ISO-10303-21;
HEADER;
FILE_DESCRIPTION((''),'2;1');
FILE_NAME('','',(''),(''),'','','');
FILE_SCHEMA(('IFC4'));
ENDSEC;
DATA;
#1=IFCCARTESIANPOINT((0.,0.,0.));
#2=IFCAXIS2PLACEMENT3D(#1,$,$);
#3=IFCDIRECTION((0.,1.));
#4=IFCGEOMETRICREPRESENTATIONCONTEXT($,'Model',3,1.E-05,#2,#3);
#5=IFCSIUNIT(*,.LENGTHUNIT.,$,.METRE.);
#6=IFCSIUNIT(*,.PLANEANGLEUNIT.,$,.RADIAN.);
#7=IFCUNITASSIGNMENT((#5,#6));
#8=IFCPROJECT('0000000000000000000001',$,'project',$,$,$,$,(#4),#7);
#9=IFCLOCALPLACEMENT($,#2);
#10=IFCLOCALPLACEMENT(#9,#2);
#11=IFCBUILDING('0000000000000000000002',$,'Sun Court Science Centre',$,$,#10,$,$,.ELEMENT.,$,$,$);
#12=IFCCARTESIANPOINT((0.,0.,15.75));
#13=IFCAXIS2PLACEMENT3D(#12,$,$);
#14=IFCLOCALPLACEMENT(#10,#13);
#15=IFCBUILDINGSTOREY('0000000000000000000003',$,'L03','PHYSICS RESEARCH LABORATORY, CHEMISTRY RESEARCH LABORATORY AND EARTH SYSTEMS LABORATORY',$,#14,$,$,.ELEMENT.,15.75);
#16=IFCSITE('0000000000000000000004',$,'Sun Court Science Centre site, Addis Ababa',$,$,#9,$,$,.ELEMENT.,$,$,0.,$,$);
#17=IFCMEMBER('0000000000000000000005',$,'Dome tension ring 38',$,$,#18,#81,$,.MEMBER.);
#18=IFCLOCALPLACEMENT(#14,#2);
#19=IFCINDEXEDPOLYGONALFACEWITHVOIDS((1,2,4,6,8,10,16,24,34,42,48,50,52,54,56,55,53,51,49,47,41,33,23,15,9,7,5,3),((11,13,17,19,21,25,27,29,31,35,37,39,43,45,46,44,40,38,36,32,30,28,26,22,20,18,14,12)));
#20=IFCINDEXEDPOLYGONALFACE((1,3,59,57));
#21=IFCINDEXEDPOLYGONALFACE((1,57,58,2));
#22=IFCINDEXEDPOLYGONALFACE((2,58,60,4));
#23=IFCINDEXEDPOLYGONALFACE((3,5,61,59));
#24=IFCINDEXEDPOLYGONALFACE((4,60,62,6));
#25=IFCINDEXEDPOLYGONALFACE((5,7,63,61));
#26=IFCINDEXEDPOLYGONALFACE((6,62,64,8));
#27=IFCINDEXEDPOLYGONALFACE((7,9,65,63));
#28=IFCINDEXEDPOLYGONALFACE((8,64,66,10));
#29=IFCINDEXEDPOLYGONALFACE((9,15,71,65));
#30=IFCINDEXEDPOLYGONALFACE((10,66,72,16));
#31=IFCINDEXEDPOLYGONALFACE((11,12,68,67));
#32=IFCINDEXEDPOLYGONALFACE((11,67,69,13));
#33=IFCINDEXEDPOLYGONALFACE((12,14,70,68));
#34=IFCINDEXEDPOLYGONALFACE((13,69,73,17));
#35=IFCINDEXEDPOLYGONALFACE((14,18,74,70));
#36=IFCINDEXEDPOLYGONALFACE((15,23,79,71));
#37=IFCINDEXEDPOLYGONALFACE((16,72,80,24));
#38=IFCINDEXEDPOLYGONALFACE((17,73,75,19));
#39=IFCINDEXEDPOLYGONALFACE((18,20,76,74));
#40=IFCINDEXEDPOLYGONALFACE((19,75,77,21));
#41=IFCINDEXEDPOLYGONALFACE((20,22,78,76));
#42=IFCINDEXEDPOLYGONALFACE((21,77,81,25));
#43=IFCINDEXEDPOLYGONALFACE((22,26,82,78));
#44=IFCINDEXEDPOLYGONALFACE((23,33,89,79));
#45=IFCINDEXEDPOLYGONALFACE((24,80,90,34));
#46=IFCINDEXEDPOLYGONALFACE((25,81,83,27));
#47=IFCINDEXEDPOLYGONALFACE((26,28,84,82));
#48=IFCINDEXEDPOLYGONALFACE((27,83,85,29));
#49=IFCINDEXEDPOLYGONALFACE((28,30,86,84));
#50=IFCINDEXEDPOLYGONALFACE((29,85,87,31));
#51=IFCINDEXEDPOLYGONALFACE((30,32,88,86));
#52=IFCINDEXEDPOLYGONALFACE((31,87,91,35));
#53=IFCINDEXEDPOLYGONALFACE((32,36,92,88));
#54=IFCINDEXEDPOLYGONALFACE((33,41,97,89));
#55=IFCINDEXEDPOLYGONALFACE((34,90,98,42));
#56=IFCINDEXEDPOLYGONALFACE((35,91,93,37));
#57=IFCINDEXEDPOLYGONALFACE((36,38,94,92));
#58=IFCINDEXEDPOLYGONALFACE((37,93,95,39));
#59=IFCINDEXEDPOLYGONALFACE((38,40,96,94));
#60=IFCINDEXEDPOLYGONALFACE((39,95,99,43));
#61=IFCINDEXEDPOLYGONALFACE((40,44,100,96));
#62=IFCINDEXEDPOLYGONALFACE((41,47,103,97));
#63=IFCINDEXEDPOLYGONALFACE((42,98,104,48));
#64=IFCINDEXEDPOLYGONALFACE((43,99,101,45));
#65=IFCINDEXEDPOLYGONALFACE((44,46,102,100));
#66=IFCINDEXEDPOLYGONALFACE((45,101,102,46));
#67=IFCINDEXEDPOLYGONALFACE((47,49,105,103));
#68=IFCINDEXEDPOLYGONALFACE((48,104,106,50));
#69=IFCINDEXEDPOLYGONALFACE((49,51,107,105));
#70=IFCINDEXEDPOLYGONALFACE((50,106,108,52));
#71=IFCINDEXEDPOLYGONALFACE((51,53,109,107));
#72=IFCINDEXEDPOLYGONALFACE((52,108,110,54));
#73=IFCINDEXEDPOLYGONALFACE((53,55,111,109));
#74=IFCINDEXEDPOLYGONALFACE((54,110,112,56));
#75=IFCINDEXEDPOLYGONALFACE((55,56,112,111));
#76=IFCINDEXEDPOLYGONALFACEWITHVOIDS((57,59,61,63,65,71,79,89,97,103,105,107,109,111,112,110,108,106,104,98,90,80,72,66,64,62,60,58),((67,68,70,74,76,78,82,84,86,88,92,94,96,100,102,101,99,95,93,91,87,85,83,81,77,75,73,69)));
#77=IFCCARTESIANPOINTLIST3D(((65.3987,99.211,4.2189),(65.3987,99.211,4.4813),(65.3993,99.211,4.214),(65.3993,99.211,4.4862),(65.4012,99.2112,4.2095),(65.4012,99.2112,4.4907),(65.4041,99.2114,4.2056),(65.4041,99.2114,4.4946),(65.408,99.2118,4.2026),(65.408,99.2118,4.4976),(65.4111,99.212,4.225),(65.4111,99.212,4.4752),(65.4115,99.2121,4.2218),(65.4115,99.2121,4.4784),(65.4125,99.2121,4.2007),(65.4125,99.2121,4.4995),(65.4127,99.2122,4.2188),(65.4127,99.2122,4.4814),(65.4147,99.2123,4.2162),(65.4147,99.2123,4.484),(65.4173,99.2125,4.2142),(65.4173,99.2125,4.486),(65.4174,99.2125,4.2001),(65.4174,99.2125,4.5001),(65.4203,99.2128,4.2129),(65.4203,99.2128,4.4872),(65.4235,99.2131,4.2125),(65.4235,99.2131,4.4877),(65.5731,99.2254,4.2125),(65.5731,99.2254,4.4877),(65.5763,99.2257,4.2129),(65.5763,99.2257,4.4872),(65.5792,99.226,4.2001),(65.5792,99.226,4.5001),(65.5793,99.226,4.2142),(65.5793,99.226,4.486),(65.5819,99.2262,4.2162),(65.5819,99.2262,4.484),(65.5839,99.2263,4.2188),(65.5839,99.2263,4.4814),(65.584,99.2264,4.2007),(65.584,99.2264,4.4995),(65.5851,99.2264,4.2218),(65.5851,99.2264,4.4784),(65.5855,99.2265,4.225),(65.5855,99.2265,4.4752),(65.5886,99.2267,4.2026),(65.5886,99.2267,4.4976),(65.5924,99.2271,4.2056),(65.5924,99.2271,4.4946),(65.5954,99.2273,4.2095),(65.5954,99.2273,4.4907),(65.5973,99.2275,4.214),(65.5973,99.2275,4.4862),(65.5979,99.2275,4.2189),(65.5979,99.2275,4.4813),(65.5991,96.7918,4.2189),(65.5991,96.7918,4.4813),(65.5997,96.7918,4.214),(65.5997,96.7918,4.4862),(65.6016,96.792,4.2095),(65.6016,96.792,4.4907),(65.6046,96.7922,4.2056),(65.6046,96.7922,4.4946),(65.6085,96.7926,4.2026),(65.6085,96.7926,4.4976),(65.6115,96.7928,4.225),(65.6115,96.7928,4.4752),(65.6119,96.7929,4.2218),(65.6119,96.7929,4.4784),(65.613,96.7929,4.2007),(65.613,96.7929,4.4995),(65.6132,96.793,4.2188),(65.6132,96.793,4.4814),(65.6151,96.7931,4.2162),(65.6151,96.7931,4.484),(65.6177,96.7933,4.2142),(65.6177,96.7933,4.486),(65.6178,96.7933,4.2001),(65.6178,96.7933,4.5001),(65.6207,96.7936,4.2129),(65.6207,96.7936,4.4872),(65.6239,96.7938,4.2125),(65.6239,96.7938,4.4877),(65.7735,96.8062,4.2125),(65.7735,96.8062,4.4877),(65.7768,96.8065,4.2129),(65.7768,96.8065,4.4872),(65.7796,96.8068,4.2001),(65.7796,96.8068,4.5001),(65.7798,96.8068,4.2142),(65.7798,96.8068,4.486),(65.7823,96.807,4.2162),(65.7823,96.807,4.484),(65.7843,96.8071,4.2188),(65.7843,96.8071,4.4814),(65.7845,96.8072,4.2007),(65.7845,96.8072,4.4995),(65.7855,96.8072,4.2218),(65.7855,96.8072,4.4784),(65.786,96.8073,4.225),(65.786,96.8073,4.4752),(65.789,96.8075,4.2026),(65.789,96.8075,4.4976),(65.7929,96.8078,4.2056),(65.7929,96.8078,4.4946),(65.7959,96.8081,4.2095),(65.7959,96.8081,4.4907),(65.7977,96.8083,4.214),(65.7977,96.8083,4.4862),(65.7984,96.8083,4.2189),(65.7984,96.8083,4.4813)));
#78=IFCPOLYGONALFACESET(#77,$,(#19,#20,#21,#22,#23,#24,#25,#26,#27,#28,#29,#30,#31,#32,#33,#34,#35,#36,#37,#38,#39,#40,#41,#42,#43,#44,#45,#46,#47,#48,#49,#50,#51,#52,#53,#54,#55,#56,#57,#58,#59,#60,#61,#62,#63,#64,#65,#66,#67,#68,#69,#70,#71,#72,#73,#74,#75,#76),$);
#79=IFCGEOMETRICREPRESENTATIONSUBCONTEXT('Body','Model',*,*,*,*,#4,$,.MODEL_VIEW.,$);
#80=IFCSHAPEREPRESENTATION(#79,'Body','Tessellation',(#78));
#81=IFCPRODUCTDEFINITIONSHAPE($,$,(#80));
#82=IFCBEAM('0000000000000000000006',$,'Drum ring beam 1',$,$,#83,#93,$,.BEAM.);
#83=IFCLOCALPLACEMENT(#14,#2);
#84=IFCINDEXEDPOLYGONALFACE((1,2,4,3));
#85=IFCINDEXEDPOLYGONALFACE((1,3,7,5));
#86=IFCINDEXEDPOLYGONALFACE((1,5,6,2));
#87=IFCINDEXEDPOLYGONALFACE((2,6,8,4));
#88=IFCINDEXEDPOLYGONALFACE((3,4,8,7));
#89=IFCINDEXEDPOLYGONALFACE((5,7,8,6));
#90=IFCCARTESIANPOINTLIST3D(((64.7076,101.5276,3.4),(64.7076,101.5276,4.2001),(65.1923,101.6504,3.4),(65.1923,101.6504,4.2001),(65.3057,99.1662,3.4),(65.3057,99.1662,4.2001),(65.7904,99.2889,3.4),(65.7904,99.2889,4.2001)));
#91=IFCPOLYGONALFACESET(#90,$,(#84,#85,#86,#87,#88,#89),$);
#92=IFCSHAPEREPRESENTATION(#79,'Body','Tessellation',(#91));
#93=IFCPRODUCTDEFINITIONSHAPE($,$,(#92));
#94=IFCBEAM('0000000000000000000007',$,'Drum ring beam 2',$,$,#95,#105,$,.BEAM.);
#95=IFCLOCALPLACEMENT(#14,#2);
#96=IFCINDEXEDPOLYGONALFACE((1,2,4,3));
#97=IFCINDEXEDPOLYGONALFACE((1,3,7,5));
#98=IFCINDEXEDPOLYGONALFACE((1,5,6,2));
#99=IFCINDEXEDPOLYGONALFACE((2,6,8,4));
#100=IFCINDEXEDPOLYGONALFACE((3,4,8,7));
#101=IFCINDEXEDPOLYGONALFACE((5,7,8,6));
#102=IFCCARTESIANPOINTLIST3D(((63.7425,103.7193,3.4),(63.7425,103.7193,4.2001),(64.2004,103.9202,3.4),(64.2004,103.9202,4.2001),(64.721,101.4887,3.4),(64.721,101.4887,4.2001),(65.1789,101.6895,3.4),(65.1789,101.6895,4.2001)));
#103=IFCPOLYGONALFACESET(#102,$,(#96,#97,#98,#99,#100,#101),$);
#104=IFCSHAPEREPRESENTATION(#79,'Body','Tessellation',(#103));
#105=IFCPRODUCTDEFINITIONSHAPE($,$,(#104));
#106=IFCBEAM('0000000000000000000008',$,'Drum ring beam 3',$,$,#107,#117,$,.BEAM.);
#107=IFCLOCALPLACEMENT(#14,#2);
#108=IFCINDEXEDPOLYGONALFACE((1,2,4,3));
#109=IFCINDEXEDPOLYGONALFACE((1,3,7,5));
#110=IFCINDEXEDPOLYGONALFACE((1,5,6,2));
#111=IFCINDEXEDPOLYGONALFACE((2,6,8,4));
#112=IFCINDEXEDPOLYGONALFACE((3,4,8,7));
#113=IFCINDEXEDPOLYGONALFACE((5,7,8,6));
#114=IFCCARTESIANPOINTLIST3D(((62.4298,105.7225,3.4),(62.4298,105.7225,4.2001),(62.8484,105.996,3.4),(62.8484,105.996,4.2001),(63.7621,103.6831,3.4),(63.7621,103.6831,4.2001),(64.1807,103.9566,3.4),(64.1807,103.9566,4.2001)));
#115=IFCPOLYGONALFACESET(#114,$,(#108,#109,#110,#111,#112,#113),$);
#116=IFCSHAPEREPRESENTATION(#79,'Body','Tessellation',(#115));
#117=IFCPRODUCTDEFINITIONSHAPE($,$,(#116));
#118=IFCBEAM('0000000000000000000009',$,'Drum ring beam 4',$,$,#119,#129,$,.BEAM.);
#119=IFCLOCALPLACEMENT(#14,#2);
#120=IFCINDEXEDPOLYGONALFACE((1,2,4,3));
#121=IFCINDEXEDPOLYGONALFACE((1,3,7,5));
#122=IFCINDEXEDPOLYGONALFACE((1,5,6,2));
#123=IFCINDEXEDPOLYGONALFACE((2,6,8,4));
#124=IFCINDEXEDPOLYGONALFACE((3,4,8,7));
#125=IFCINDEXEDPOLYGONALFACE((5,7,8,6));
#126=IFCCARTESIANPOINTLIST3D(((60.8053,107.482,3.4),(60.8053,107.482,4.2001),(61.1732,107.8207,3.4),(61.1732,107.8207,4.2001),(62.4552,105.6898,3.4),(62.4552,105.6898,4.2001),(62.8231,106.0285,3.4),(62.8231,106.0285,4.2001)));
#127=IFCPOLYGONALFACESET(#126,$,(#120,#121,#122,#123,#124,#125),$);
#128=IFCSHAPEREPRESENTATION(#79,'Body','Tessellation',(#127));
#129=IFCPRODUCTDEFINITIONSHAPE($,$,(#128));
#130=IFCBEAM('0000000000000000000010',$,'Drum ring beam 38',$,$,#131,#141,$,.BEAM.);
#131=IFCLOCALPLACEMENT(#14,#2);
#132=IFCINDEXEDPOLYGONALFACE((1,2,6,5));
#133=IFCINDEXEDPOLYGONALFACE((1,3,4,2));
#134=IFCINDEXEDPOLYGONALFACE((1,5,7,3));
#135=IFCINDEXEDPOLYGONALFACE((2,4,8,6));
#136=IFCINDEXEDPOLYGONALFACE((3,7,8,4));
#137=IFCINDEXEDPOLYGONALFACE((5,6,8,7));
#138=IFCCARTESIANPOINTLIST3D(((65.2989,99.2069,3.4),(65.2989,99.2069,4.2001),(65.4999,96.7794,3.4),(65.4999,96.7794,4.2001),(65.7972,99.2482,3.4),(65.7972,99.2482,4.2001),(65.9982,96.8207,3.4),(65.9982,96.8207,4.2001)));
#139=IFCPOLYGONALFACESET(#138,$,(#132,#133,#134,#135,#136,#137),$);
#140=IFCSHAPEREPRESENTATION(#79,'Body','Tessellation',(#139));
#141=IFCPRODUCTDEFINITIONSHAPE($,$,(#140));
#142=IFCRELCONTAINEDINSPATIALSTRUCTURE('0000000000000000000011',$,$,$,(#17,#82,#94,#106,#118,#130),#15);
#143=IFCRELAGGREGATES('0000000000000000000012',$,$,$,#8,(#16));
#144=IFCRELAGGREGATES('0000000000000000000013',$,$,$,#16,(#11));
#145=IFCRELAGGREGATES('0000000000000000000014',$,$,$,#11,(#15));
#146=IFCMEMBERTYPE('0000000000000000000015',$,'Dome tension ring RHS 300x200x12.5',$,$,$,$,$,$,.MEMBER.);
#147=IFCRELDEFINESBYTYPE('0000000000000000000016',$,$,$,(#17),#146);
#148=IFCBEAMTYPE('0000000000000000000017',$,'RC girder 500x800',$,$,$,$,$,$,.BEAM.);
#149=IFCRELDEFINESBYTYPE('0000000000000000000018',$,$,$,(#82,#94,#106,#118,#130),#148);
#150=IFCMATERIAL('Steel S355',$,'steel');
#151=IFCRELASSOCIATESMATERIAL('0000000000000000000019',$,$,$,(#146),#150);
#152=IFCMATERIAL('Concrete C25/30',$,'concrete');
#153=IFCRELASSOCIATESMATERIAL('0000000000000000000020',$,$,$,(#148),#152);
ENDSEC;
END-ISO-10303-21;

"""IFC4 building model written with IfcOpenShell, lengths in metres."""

from ifc_helpers import new_model, si_unit, direction, frame, origin, origin_2d, place, context, subcontext, project, spatial, rectangle, hollow_rectangle, extrude, material, material_profile, profile_set, type_object, element, save


model = new_model("IFC4")

# Units and contexts
model_context = context("Model", 3, precision=1e-05, world=origin(), true_north=direction((0.0, 1.0)))
body_context = subcontext(model_context, "Body", "Model", "MODEL_VIEW")
ifc_project = project(units=[si_unit("LENGTHUNIT", "METRE"), si_unit("PLANEANGLEUNIT", "RADIAN")], contexts=[model_context])

# Site, building, storey
site_placement = place(None, origin())
site = spatial("IfcSite", under=ifc_project, at=site_placement, Name="Sun Court Science Centre site, Addis Ababa", CompositionType="ELEMENT", RefElevation=0.0)
building_placement = place(site_placement, origin())
building = spatial("IfcBuilding", under=site, at=building_placement, Name="Sun Court Science Centre", CompositionType="ELEMENT")
storey_placement = place(building_placement, frame((0.0, 0.0, 15.75)))
storey = spatial("IfcBuildingStorey", under=building, at=storey_placement, Name="L03", Description="PHYSICS RESEARCH LABORATORY, CHEMISTRY RESEARCH LABORATORY AND EARTH SYSTEMS LABORATORY", CompositionType="ELEMENT", Elevation=15.75)

# Member
ifc_material_1 = material(Name="Steel S355", Category="steel")
ifc_material_profile_1 = material_profile(ifc_material_1, hollow_rectangle(XDim=0.2, YDim=0.3, WallThickness=0.0125, InnerFilletRadius=0.0125, OuterFilletRadius=0.0188, at=origin_2d()), Name="RHS 300x200x12.5")
ifc_profile_set_1 = profile_set([ifc_material_profile_1], Name="Steel S355")
member_type_1 = type_object("IfcMemberType", Name="Dome tension ring RHS 300x200x12.5", PredefinedType="MEMBER", material=ifc_profile_set_1)
for number, where, z_axis, x_axis, name in (
    (1, (65.6987, 96.8, 4.3501), (-0.082571, 0.996585, 0.0), (-0.996585, -0.082571, 0.0), "Dome tension ring 38"),
):
    element("IfcMember", number, at=place(storey_placement, frame(where, z_axis=z_axis, x_axis=x_axis)), inside=storey, type_object=member_type_1, Name=name, PredefinedType="MEMBER", context=body_context, shape_type="SweptSolid", body=[
        extrude(hollow_rectangle(XDim=0.2, YDim=0.3, WallThickness=0.0125, InnerFilletRadius=0.0125, OuterFilletRadius=0.0188, at=origin_2d()), origin(), (0.0, 0.0, 1.0), 2.4275),
    ])

# Beams
ifc_material_2 = material(Name="Concrete C25/30", Category="concrete")
ifc_material_profile_2 = material_profile(ifc_material_2, rectangle(XDim=0.5, YDim=0.8, at=origin_2d()), Name="RC 500x800")
ifc_profile_set_2 = profile_set([ifc_material_profile_2], Name="Concrete C25/30")
beam_type = type_object("IfcBeamType", Name="RC girder 500x800", PredefinedType="BEAM", material=ifc_profile_set_2)
beam_1_placement = place(storey_placement, frame((65.5481, 99.2275, 3.8), z_axis=(-0.245529, 0.969389, 0.0), x_axis=(-0.969389, -0.245529, 0.0)))
element("IfcBeam", 2, at=beam_1_placement, inside=storey, type_object=beam_type, Name="Drum ring beam 1", PredefinedType="BEAM", context=body_context, shape_type="SweptSolid", body=[
    extrude(rectangle(XDim=0.5, YDim=0.8, at=origin_2d()), origin(), (0.0, 0.0, 1.0), 2.436),
])
beam_2_placement = place(storey_placement, frame((64.95, 101.5891, 3.8), z_axis=(-0.401707, 0.915768, 0.0), x_axis=(-0.915768, -0.401707, 0.0)))
element("IfcBeam", 3, at=beam_2_placement, inside=storey, type_object=beam_type, Name="Drum ring beam 2", PredefinedType="BEAM", context=body_context, shape_type="SweptSolid", body=[
    extrude(rectangle(XDim=0.5, YDim=0.8, at=origin_2d()), origin(), (0.0, 0.0, 1.0), 2.4358),
])
for number, where, z_axis, x_axis, name in (
    (4, (63.9714, 103.8198, 3.8), (-0.546928, 0.83718, 0.0), (-0.83718, -0.546928, 0.0), "Drum ring beam 3"),
    (5, (62.6392, 105.8591, 3.8), (-0.677289, 0.735717, 0.0), (-0.735717, -0.677289, 0.0), "Drum ring beam 4"),
):
    element("IfcBeam", number, at=place(storey_placement, frame(where, z_axis=z_axis, x_axis=x_axis)), inside=storey, type_object=beam_type, Name=name, PredefinedType="BEAM", context=body_context, shape_type="SweptSolid", body=[
        extrude(rectangle(XDim=0.5, YDim=0.8, at=origin_2d()), origin(), (0.0, 0.0, 1.0), 2.436),
    ])
beam_3_placement = place(storey_placement, frame((65.749, 96.8, 3.8), z_axis=(-0.08249, 0.996592, 0.0), x_axis=(-0.996592, -0.08249, 0.0)))
element("IfcBeam", 6, at=beam_3_placement, inside=storey, type_object=beam_type, Name="Drum ring beam 38", PredefinedType="BEAM", context=body_context, shape_type="SweptSolid", body=[
    extrude(rectangle(XDim=0.5, YDim=0.8, at=origin_2d()), origin(), (0.0, 0.0, 1.0), 2.4358),
])

save(model, "model.ifc")
